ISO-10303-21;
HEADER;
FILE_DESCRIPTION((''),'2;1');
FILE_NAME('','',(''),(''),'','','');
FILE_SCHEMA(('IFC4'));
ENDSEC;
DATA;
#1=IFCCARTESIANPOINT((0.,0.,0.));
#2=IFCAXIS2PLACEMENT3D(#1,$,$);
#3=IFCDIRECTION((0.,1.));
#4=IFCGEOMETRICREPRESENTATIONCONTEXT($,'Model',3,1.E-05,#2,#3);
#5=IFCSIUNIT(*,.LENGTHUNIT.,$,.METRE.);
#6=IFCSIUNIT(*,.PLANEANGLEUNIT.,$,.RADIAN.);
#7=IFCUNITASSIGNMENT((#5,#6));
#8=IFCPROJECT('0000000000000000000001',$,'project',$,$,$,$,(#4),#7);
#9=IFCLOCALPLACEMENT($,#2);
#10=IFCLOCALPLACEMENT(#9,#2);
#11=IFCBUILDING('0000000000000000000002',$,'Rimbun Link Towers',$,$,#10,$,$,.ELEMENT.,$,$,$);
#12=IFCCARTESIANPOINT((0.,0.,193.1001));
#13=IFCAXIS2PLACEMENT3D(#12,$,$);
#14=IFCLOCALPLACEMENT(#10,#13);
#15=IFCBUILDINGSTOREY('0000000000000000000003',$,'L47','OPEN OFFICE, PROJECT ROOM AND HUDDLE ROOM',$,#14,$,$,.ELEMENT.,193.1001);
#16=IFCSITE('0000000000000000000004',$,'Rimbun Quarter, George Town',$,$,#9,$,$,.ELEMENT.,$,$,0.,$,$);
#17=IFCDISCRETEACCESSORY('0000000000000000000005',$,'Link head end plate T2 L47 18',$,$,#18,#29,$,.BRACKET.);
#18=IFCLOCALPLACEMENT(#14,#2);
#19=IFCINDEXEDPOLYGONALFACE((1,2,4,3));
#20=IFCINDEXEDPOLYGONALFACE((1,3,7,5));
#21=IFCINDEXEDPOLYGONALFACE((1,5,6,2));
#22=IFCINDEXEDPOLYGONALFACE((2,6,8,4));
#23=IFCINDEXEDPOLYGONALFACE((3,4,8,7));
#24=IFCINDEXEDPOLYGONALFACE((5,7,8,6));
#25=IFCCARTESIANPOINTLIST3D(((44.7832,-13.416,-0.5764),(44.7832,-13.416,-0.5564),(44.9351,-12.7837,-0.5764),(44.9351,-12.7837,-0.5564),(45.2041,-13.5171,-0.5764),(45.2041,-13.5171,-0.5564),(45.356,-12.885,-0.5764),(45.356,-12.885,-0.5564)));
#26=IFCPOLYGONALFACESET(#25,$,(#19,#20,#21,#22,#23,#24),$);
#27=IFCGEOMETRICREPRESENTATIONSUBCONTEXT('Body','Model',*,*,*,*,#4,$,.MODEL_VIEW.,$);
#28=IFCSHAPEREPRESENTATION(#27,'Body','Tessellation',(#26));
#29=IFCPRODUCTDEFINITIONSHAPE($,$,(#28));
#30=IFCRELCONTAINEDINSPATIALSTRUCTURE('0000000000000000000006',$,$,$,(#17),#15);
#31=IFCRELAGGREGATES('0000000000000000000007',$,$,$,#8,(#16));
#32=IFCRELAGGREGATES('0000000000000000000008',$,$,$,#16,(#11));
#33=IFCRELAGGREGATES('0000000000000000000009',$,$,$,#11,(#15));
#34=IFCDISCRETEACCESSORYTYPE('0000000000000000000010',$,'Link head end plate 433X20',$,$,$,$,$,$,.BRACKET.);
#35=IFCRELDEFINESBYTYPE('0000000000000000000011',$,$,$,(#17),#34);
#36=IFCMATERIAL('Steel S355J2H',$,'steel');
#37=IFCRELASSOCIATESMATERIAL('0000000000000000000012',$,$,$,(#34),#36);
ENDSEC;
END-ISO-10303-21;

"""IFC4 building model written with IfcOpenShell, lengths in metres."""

from ifc_helpers import new_model, si_unit, direction, frame, origin, origin_2d, place, context, subcontext, project, spatial, polyline, rectangle, outline, extrude, material, material_profile, profile_set, type_object, element, save


model = new_model("IFC4")

# Units and contexts
model_context = context("Model", 3, precision=1e-05, world=origin(), true_north=direction((0.0, 1.0)))
body_context = subcontext(model_context, "Body", "Model", "MODEL_VIEW")
ifc_project = project(units=[si_unit("LENGTHUNIT", "METRE"), si_unit("PLANEANGLEUNIT", "RADIAN")], contexts=[model_context])

# Site, building, storey
site_placement = place(None, origin())
site = spatial("IfcSite", under=ifc_project, at=site_placement, Name="Rimbun Quarter, George Town", CompositionType="ELEMENT", RefElevation=0.0)
building_placement = place(site_placement, origin())
building = spatial("IfcBuilding", under=site, at=building_placement, Name="Rimbun Link Towers", CompositionType="ELEMENT")
storey_placement = place(building_placement, frame((0.0, 0.0, 193.1001)))
storey = spatial("IfcBuildingStorey", under=building, at=storey_placement, Name="L47", Description="OPEN OFFICE, PROJECT ROOM AND HUDDLE ROOM", CompositionType="ELEMENT", Elevation=193.1001)

# Discrete accessory
ifc_material_1 = material(Name="Steel S355J2H", Category="steel")
ifc_material_profile_1 = material_profile(ifc_material_1, rectangle(XDim=0.4331, YDim=0.4331, at=origin_2d()), Name="PL 433x433")
ifc_profile_set_1 = profile_set([ifc_material_profile_1], Name="Steel S355J2H")
discrete_accessory_type = type_object("IfcDiscreteAccessoryType", Name="Link head end plate 433X20", PredefinedType="BRACKET", material=ifc_profile_set_1)
discrete_accessory_placement = place(storey_placement, frame((0.0, 0.0, -0.5764)))
element("IfcDiscreteAccessory", 1, at=discrete_accessory_placement, inside=storey, type_object=discrete_accessory_type, Name="Link head end plate T2 L47 18", PredefinedType="BRACKET", context=body_context, shape_type="SweptSolid", body=[
    extrude(outline(polyline([(44.9351, -12.7837), (44.7832, -13.416), (45.2041, -13.5171), (45.356, -12.885), (44.9351, -12.7837)])), origin(), (0.0, 0.0, 1.0), 0.02),
])

save(model, "model.ifc")
